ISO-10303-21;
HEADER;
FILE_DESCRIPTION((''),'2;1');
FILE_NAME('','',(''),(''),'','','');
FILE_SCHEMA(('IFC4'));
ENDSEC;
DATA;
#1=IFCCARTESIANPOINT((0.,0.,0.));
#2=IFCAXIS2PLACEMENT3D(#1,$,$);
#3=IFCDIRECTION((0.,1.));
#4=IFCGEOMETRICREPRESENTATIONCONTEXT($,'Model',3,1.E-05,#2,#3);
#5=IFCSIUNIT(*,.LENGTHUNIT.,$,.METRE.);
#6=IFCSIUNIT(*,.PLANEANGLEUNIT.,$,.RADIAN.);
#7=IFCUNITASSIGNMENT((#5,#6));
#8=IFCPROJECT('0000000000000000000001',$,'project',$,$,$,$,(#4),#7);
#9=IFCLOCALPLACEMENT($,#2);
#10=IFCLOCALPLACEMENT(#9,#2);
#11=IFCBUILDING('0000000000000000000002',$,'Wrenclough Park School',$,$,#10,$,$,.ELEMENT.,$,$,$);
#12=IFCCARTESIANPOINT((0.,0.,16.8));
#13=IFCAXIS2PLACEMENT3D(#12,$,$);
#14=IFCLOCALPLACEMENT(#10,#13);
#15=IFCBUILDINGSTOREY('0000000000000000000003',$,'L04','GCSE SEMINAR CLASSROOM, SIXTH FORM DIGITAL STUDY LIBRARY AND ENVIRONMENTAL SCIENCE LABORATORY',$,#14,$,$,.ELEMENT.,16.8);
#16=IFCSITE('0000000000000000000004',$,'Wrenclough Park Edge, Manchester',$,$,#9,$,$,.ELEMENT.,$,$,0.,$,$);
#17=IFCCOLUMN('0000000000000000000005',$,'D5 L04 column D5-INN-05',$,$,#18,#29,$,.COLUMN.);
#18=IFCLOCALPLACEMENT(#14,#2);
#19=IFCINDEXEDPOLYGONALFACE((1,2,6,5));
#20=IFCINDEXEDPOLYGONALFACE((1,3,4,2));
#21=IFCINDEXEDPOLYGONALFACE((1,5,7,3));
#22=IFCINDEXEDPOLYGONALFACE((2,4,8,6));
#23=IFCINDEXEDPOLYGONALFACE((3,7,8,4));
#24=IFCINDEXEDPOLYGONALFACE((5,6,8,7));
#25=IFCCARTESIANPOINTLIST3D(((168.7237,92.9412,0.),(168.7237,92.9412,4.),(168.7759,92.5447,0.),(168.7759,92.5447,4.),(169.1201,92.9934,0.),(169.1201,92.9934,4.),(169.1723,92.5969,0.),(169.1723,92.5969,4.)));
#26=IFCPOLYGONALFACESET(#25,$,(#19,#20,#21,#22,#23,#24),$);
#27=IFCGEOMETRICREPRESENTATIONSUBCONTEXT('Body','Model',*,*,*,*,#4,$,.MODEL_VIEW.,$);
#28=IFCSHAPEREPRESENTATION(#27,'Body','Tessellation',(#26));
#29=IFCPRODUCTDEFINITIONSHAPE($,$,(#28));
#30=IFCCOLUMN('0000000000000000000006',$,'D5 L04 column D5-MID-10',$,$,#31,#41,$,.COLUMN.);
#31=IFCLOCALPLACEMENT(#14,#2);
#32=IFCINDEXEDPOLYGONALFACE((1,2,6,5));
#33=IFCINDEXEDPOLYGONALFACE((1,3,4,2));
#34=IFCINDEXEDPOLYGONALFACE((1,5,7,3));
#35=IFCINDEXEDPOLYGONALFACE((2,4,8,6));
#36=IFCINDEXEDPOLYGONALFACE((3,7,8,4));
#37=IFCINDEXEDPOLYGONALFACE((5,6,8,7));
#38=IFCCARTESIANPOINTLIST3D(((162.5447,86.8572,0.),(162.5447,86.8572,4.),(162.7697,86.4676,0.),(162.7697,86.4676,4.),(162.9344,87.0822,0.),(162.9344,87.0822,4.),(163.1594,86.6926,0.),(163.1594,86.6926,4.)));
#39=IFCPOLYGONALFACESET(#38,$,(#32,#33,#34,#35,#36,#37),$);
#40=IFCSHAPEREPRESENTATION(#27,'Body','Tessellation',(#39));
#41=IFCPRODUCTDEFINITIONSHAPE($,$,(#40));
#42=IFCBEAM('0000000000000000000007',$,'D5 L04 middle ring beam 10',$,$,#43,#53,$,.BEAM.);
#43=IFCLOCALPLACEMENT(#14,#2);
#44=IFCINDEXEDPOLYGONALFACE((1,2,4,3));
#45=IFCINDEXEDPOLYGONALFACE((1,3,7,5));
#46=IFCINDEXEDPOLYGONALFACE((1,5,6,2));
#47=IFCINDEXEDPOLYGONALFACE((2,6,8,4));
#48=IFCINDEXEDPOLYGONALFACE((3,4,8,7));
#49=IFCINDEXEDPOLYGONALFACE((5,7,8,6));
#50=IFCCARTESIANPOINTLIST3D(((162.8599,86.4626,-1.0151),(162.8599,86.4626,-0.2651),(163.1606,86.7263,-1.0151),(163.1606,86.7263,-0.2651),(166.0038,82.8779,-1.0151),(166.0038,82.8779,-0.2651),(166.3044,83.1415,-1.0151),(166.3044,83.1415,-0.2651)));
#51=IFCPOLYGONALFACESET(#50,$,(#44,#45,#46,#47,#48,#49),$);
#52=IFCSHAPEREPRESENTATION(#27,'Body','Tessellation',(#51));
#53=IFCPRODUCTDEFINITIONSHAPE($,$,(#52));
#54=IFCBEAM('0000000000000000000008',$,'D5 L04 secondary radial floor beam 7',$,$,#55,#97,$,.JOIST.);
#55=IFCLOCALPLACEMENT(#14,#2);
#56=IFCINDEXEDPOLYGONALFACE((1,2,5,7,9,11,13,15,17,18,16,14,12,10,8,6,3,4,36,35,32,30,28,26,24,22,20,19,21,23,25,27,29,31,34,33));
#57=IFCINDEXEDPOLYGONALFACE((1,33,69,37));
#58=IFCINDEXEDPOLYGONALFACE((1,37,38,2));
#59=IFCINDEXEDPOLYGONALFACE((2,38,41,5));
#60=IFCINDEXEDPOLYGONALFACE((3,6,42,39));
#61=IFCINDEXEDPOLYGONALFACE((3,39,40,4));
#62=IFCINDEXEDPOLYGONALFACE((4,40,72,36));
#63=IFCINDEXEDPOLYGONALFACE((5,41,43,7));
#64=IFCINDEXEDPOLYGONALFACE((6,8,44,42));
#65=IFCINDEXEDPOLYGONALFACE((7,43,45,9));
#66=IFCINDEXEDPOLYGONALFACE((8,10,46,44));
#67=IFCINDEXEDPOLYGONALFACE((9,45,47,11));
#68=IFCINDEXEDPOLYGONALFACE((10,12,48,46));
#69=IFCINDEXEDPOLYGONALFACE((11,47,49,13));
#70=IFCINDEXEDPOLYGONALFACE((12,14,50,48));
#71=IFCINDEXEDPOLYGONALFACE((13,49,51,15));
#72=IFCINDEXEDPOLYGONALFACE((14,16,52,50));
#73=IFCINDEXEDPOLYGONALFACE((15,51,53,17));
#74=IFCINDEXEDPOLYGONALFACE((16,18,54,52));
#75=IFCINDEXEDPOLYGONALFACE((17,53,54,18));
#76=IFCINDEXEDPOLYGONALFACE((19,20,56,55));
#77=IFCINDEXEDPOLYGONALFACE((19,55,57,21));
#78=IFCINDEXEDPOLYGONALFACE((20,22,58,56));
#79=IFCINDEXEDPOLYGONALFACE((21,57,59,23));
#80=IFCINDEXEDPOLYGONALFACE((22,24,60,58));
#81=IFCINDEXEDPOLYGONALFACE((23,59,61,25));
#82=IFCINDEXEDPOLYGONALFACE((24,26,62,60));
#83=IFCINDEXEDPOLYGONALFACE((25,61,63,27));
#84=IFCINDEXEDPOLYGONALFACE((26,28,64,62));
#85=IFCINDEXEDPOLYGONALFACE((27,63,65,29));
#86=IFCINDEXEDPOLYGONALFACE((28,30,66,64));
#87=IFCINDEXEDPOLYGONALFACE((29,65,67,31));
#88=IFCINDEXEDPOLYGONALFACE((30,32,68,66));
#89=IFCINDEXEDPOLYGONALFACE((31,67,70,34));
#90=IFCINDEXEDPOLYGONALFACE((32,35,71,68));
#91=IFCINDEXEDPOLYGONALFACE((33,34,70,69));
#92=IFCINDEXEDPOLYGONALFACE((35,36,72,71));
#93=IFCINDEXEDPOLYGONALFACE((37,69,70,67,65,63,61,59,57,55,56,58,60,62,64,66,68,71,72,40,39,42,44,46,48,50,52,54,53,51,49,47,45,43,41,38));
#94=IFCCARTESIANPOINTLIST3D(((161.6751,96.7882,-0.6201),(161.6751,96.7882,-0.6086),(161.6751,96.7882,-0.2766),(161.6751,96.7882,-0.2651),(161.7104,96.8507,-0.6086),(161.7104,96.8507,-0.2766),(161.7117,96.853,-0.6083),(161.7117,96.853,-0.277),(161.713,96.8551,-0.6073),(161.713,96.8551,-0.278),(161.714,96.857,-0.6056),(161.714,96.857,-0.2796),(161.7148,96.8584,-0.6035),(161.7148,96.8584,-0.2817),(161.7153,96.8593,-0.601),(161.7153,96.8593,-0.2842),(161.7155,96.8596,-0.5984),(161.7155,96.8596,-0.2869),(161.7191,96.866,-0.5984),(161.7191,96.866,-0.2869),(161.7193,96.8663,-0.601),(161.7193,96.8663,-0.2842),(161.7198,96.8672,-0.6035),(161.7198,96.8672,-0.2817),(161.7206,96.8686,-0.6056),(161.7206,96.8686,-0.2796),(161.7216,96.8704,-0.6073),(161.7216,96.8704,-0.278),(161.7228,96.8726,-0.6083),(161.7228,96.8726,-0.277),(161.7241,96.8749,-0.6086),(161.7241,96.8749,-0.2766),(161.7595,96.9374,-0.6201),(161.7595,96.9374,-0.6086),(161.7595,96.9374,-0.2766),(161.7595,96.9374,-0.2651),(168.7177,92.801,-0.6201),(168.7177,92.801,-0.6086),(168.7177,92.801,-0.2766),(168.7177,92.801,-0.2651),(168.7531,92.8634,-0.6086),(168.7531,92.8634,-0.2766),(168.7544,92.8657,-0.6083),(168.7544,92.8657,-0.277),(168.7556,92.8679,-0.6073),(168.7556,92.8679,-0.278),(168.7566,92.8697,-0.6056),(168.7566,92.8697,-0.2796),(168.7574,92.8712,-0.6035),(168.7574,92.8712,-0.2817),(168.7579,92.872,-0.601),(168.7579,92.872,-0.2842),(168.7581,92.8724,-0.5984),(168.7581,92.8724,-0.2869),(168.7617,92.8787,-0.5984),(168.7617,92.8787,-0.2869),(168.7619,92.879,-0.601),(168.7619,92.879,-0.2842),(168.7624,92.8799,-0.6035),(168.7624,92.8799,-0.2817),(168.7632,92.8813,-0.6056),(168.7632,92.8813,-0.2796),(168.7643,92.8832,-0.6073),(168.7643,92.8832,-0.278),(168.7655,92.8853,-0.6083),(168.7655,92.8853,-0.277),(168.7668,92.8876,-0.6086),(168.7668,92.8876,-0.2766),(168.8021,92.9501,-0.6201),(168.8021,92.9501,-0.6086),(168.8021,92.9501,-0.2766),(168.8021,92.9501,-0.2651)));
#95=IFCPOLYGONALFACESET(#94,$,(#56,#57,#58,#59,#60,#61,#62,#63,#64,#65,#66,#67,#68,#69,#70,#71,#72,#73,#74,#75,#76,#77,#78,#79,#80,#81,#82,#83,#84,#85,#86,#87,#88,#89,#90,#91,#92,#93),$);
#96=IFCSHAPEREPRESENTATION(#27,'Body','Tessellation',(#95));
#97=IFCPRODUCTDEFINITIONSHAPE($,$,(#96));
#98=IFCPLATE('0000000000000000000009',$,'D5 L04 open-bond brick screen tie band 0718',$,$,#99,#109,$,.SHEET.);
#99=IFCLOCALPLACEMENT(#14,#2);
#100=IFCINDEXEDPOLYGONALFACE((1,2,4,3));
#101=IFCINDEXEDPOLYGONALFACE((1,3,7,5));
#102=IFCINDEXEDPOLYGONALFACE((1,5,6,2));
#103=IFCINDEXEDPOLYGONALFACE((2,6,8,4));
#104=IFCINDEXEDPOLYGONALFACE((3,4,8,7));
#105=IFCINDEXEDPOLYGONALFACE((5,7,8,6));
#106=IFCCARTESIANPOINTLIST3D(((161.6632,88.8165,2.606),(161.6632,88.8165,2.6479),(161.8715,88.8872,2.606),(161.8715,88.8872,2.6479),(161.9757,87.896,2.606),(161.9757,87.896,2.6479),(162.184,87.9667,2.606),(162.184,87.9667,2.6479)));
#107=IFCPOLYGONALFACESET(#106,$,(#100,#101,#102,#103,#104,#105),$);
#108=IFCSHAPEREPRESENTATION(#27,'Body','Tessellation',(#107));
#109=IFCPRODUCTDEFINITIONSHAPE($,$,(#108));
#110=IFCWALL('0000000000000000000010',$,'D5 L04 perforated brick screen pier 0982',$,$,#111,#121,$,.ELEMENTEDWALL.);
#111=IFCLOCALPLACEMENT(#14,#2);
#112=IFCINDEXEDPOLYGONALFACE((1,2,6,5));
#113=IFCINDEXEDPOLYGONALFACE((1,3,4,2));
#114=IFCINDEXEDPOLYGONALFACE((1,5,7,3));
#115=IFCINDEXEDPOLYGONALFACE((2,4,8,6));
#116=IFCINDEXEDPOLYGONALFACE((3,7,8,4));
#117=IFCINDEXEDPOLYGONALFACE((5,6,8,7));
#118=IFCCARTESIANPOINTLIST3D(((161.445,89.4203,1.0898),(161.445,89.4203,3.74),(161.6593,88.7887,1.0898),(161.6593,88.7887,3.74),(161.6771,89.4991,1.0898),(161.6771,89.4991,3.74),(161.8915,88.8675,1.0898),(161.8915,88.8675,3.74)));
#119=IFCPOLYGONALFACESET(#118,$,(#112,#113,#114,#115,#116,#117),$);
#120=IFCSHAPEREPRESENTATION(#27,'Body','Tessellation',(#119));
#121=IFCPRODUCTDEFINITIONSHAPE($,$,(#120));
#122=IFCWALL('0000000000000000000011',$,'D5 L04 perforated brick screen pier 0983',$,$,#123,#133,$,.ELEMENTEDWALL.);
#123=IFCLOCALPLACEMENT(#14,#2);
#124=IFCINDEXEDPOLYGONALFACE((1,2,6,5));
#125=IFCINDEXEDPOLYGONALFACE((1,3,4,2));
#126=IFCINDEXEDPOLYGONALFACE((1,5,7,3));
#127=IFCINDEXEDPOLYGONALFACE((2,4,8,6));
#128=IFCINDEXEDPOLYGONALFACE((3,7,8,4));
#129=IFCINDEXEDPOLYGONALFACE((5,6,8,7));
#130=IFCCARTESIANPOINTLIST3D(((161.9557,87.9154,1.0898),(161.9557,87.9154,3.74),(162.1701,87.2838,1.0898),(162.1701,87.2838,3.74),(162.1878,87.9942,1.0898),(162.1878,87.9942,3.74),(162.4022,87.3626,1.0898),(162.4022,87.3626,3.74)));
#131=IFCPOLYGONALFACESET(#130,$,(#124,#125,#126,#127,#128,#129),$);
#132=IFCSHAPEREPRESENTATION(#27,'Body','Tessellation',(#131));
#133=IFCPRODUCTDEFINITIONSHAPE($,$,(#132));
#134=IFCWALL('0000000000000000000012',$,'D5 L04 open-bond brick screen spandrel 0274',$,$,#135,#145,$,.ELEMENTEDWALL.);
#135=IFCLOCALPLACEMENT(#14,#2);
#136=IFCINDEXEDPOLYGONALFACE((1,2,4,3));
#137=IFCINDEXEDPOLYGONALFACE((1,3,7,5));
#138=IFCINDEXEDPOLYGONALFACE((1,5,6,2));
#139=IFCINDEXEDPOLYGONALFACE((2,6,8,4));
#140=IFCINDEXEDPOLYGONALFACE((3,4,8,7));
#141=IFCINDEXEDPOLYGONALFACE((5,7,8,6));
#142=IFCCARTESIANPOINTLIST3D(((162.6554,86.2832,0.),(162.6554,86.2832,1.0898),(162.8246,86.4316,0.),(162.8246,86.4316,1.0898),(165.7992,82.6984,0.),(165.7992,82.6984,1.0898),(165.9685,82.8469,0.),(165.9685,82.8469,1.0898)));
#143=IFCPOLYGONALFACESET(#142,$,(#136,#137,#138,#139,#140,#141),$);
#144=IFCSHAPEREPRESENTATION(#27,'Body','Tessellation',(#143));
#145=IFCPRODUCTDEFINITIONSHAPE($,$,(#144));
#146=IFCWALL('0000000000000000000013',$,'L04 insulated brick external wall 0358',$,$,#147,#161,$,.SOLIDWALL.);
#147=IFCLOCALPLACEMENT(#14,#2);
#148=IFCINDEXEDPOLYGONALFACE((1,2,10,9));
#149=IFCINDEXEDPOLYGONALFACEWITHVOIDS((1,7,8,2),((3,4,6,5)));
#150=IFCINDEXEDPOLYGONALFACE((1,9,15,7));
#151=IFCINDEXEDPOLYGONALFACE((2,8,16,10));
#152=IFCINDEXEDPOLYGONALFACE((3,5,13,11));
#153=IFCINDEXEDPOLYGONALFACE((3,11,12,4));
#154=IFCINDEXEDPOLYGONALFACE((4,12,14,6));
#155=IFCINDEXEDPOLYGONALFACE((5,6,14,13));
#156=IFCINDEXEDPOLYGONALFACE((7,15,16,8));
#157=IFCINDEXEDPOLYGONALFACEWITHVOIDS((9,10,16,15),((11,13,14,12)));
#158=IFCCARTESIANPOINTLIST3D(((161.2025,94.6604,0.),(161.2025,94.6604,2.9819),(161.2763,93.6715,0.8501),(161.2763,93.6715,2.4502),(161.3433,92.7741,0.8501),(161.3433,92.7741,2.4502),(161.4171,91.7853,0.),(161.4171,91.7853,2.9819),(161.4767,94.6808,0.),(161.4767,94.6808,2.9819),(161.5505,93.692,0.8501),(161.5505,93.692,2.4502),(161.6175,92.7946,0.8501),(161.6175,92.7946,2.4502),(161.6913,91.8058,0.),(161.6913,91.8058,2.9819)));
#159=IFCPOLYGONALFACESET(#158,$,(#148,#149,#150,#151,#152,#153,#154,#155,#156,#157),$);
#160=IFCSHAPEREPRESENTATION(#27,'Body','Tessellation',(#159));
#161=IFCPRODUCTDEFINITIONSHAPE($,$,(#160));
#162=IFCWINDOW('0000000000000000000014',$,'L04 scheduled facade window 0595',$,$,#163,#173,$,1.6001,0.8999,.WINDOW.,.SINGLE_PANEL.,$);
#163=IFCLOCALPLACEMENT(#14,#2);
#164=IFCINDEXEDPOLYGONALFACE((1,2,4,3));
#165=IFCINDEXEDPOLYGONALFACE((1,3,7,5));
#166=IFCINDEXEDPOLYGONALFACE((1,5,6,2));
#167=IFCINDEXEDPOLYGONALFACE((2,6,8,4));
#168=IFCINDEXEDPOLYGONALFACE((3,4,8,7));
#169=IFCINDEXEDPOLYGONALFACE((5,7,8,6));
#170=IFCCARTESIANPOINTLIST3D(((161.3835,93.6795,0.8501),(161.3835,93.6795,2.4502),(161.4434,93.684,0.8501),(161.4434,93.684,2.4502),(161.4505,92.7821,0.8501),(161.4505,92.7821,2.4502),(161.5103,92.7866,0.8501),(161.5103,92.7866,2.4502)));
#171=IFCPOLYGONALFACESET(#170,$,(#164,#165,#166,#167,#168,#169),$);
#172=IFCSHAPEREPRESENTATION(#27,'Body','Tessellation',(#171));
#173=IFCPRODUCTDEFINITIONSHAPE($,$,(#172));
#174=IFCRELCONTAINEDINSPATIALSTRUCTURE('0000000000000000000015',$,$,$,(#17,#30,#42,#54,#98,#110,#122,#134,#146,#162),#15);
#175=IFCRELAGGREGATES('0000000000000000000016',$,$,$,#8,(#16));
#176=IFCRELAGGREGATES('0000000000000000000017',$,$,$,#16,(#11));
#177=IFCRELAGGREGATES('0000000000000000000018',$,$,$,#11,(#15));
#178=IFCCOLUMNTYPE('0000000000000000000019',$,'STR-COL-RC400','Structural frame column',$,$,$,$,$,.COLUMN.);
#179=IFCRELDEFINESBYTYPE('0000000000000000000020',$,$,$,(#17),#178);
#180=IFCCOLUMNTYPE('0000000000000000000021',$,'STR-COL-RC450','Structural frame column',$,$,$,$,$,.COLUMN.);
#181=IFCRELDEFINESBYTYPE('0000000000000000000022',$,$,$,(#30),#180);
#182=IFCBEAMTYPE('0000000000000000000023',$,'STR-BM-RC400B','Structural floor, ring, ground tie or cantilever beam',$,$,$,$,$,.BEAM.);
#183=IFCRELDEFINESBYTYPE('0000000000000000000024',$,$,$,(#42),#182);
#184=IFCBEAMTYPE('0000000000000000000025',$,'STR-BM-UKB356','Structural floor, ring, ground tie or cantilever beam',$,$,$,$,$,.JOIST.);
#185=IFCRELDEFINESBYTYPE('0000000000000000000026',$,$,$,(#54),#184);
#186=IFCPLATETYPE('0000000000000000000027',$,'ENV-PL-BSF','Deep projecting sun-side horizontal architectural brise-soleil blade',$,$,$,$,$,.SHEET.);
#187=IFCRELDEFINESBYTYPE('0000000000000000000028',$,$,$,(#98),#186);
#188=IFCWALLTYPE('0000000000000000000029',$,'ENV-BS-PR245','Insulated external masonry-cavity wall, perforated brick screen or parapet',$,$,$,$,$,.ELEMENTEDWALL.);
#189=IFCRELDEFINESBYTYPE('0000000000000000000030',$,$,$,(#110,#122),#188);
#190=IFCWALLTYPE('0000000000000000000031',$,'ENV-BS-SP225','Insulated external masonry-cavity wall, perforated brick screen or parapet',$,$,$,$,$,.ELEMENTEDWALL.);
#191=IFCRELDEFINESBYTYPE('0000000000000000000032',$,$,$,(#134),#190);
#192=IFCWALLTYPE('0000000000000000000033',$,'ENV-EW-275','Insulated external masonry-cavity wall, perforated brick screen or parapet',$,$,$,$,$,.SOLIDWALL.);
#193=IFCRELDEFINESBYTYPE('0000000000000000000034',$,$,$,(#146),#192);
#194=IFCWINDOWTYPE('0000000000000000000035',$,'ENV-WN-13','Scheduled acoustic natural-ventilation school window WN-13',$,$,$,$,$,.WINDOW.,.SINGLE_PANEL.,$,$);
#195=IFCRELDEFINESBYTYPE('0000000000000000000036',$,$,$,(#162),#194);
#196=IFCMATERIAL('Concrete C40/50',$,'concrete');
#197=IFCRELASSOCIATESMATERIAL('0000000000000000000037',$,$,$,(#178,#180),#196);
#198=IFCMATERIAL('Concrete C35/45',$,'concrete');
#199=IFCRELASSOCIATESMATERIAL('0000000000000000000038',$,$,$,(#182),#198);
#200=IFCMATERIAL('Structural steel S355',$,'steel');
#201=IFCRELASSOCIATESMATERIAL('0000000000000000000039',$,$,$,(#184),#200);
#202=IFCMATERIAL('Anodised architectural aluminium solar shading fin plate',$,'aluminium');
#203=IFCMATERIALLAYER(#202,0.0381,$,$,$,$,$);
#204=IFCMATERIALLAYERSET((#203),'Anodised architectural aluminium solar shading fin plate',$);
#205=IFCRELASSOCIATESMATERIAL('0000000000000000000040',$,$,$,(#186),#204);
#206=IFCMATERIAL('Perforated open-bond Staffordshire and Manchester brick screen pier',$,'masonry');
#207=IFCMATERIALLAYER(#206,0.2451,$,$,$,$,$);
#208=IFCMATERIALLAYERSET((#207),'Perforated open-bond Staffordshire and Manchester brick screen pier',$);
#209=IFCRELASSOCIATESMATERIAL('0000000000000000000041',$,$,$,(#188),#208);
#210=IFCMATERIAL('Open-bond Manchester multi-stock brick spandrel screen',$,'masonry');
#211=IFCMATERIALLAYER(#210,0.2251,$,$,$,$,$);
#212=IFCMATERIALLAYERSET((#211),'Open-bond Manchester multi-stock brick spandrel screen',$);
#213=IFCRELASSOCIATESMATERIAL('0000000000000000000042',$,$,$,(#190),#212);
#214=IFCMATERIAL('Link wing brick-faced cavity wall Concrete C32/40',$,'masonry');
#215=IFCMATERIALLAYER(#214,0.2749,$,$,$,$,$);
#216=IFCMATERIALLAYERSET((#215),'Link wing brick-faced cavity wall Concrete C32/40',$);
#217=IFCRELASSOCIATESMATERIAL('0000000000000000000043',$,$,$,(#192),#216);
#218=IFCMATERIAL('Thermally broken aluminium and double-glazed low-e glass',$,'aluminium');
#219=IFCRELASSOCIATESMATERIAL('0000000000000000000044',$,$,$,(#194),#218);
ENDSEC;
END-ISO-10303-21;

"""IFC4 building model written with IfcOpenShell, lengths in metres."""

from ifc_helpers import new_model, si_unit, direction, frame, frame_2d, origin, origin_2d, place, context, subcontext, project, spatial, rectangle, i_section, extrude, material, layer, layer_set, material_profile, profile_set, type_object, element, fill, save


model = new_model("IFC4")

# Units and contexts
model_context = context("Model", 3, precision=1e-05, world=origin(), true_north=direction((0.0, 1.0)))
body_context = subcontext(model_context, "Body", "Model", "MODEL_VIEW")
ifc_project = project(units=[si_unit("LENGTHUNIT", "METRE"), si_unit("PLANEANGLEUNIT", "RADIAN")], contexts=[model_context])

# Site, building, storey
site_placement = place(None, origin())
site = spatial("IfcSite", under=ifc_project, at=site_placement, Name="Wrenclough Park Edge, Manchester", CompositionType="ELEMENT", RefElevation=0.0)
building_placement = place(site_placement, origin())
building = spatial("IfcBuilding", under=site, at=building_placement, Name="Wrenclough Park School", CompositionType="ELEMENT")
storey_placement = place(building_placement, frame((0.0, 0.0, 16.8)))
storey = spatial("IfcBuildingStorey", under=building, at=storey_placement, Name="L04", Description="GCSE SEMINAR CLASSROOM, SIXTH FORM DIGITAL STUDY LIBRARY AND ENVIRONMENTAL SCIENCE LABORATORY", CompositionType="ELEMENT", Elevation=16.8)

# Columns
ifc_material_1 = material(Name="Concrete C40/50", Category="concrete")
ifc_material_profile_1 = material_profile(ifc_material_1, rectangle(XDim=0.3999, YDim=0.3999, at=origin_2d()), Name="RC COL 400x400")
ifc_profile_set_1 = profile_set([ifc_material_profile_1], Name="Concrete C40/50")
column_type_1 = type_object("IfcColumnType", Name="STR-COL-RC400", Description="Structural frame column", PredefinedType="COLUMN", material=ifc_profile_set_1)
column_1_placement = place(storey_placement, frame((168.948, 92.769, 0.0), z_axis=(0.0, 0.0, 1.0), x_axis=(-0.991445, -0.130526, 0.0)))
element("IfcColumn", 1, at=column_1_placement, inside=storey, type_object=column_type_1, Name="D5 L04 column D5-INN-05", PredefinedType="COLUMN", context=body_context, shape_type="SweptSolid", body=[
    extrude(rectangle(XDim=0.3999, YDim=0.3999, at=origin_2d()), origin(), (0.0, 0.0, 1.0), 4.0),
])
ifc_material_profile_2 = material_profile(ifc_material_1, rectangle(XDim=0.45, YDim=0.45, at=origin_2d()), Name="RC COL 450x450")
ifc_profile_set_2 = profile_set([ifc_material_profile_2], Name="Concrete C40/50")
column_type_2 = type_object("IfcColumnType", Name="STR-COL-RC450", Description="Structural frame column", PredefinedType="COLUMN", material=ifc_profile_set_2)
column_2_placement = place(storey_placement, frame((162.8521, 86.7749, 0.0), z_axis=(0.0, 0.0, 1.0), x_axis=(0.5, -0.866025, 0.0)))
element("IfcColumn", 2, at=column_2_placement, inside=storey, type_object=column_type_2, Name="D5 L04 column D5-MID-10", PredefinedType="COLUMN", context=body_context, shape_type="SweptSolid", body=[
    extrude(rectangle(XDim=0.45, YDim=0.45, at=origin_2d()), origin(), (0.0, 0.0, 1.0), 4.0),
])

# Beams
ifc_material_2 = material(Name="Concrete C35/45", Category="concrete")
ifc_material_profile_3 = material_profile(ifc_material_2, rectangle(XDim=0.3999, YDim=0.75, at=origin_2d()), Name="RC BEAM 400x750")
ifc_profile_set_3 = profile_set([ifc_material_profile_3], Name="Concrete C35/45")
beam_type_1 = type_object("IfcBeamType", Name="STR-BM-RC400B", Description="Structural floor, ring, ground tie or cantilever beam", PredefinedType="BEAM", material=ifc_profile_set_3)
beam_1_placement = place(storey_placement, frame((163.0103, 86.5945, -0.6401), z_axis=(0.659356, -0.751831, 0.0), x_axis=(0.751831, 0.659356, 0.0)))
element("IfcBeam", 3, at=beam_1_placement, inside=storey, type_object=beam_type_1, Name="D5 L04 middle ring beam 10", PredefinedType="BEAM", context=body_context, shape_type="SweptSolid", body=[
    extrude(rectangle(XDim=0.3999, YDim=0.75, at=origin_2d()), origin(), (0.0, 0.0, 1.0), 4.7681),
])
ifc_material_3 = material(Name="Structural steel S355", Category="steel")
ifc_material_profile_4 = material_profile(ifc_material_3, i_section(OverallWidth=0.1714, OverallDepth=0.355, WebThickness=0.0073, FlangeThickness=0.0115, FilletRadius=0.0103, at=origin_2d()), Name="UKB 356x171x51")
ifc_profile_set_4 = profile_set([ifc_material_profile_4], Name="Structural steel S355")
beam_type_2 = type_object("IfcBeamType", Name="STR-BM-UKB356", Description="Structural floor, ring, ground tie or cantilever beam", PredefinedType="JOIST", material=ifc_profile_set_4)
beam_2_placement = place(storey_placement, frame((161.7173, 96.8628, -0.4426), z_axis=(0.870211, -0.492678, 0.0), x_axis=(0.492678, 0.870211, 0.0)))
element("IfcBeam", 4, at=beam_2_placement, inside=storey, type_object=beam_type_2, Name="D5 L04 secondary radial floor beam 7", PredefinedType="JOIST", context=body_context, shape_type="SweptSolid", body=[
    extrude(i_section(OverallWidth=0.1714, OverallDepth=0.355, WebThickness=0.0073, FlangeThickness=0.0115, FilletRadius=0.0103, at=origin_2d()), origin(), (0.0, 0.0, 1.0), 8.093),
])

# Plate
ifc_material_4 = material(Name="Anodised architectural aluminium solar shading fin plate", Category="aluminium")
ifc_layer_1 = layer(ifc_material_4, 0.0381)
ifc_layer_set_1 = layer_set([ifc_layer_1], Name="Anodised architectural aluminium solar shading fin plate")
plate_type = type_object("IfcPlateType", Name="ENV-PL-BSF", Description="Deep projecting sun-side horizontal architectural brise-soleil blade", PredefinedType="SHEET", material=ifc_layer_set_1)
plate_placement = place(storey_placement, frame((161.9236, 88.3916, 2.606), z_axis=(0.0, 0.0, 1.0), x_axis=(0.321421, -0.946937, 0.0)))
element("IfcPlate", 5, at=plate_placement, inside=storey, type_object=plate_type, Name="D5 L04 open-bond brick screen tie band 0718", PredefinedType="SHEET", context=body_context, shape_type="SweptSolid", body=[
    extrude(rectangle(XDim=0.9722, YDim=0.22, at=origin_2d()), origin(), (0.0, 0.0, 1.0), 0.042),
])

# Walls
ifc_material_5 = material(Name="Perforated open-bond Staffordshire and Manchester brick screen pier", Category="masonry")
ifc_layer_2 = layer(ifc_material_5, 0.2451)
ifc_layer_set_2 = layer_set([ifc_layer_2], Name="Perforated open-bond Staffordshire and Manchester brick screen pier")
wall_type_1 = type_object("IfcWallType", Name="ENV-BS-PR245", Description="Insulated external masonry-cavity wall, perforated brick screen or parapet", PredefinedType="ELEMENTEDWALL", material=ifc_layer_set_2)
for number, where, z_axis, x_axis, name in (
    (6, (161.561, 89.4597, 1.0898), (0.0, 0.0, 1.0), (0.321384, -0.946949, 0.0), "D5 L04 perforated brick screen pier 0982"),
    (7, (162.0718, 87.9548, 1.0898), (0.0, 0.0, 1.0), (0.321384, -0.946949, 0.0), "D5 L04 perforated brick screen pier 0983"),
):
    element("IfcWall", number, at=place(storey_placement, frame(where, z_axis=z_axis, x_axis=x_axis)), inside=storey, type_object=wall_type_1, Name=name, PredefinedType="ELEMENTEDWALL", context=body_context, shape_type="SweptSolid", body=[
        extrude(rectangle(XDim=0.667, YDim=0.2451, at=frame_2d((0.3335, 0.0))), origin(), (0.0, 0.0, 1.0), 2.6501),
    ])
ifc_material_6 = material(Name="Open-bond Manchester multi-stock brick spandrel screen", Category="masonry")
ifc_layer_3 = layer(ifc_material_6, 0.2251)
ifc_layer_set_3 = layer_set([ifc_layer_3], Name="Open-bond Manchester multi-stock brick spandrel screen")
wall_type_2 = type_object("IfcWallType", Name="ENV-BS-SP225", Description="Insulated external masonry-cavity wall, perforated brick screen or parapet", PredefinedType="ELEMENTEDWALL", material=ifc_layer_set_3)
wall_1_placement = place(storey_placement, frame((162.74, 86.3574, 0.0), z_axis=(0.0, 0.0, 1.0), x_axis=(0.659356, -0.751831, 0.0)))
element("IfcWall", 8, at=wall_1_placement, inside=storey, type_object=wall_type_2, Name="D5 L04 open-bond brick screen spandrel 0274", PredefinedType="ELEMENTEDWALL", context=body_context, shape_type="SweptSolid", body=[
    extrude(rectangle(XDim=4.7681, YDim=0.2251, at=frame_2d((2.384, 0.0))), origin(), (0.0, 0.0, 1.0), 1.0898),
])

# Wall, opening, window
ifc_material_7 = material(Name="Link wing brick-faced cavity wall Concrete C32/40", Category="masonry")
ifc_layer_4 = layer(ifc_material_7, 0.2749)
ifc_layer_set_4 = layer_set([ifc_layer_4], Name="Link wing brick-faced cavity wall Concrete C32/40")
wall_type_3 = type_object("IfcWallType", Name="ENV-EW-275", Description="Insulated external masonry-cavity wall, perforated brick screen or parapet", PredefinedType="SOLIDWALL", material=ifc_layer_set_4)
wall_2_placement = place(storey_placement, frame((161.5542, 91.7957, 0.0), z_axis=(0.0, 0.0, 1.0), x_axis=(-0.074436, 0.997226, 0.0)))
wall_2 = element("IfcWall", 9, at=wall_2_placement, inside=storey, type_object=wall_type_3, Name="L04 insulated brick external wall 0358", PredefinedType="SOLIDWALL", context=body_context, shape_type="SweptSolid", body=[
    extrude(rectangle(XDim=2.8831, YDim=0.2749, at=frame_2d((1.4414, 0.0))), origin(), (0.0, 0.0, 1.0), 2.9819),
])
opening_1_placement = place(wall_2_placement, frame((0.9915, 0.0, 0.8501)))
opening_1 = element("IfcOpeningElement", 10, at=opening_1_placement, cuts=wall_2, PredefinedType="OPENING", context=body_context, shape_type="SweptSolid", body=[
    extrude(rectangle(XDim=0.8999, YDim=1.6001, at=frame_2d((0.45, 0.8))), frame((0.0, 0.1475, 0.0), z_axis=(0.0, -1.0, 0.0), x_axis=(1.0, 0.0, 0.0)), (0.0, 0.0, 1.0), 0.2949),
])
ifc_material_8 = material(Name="Thermally broken aluminium and double-glazed low-e glass", Category="aluminium")
window_type_1 = type_object("IfcWindowType", Name="ENV-WN-13", Description="Scheduled acoustic natural-ventilation school window WN-13", PartitioningType="SINGLE_PANEL", PredefinedType="WINDOW", material=ifc_material_8)
window_1_placement = place(opening_1_placement, origin())
window_1 = element("IfcWindow", 11, at=window_1_placement, inside=storey, type_object=window_type_1, Name="L04 scheduled facade window 0595", OverallHeight=1.6001, OverallWidth=0.8999, PartitioningType="SINGLE_PANEL", PredefinedType="WINDOW", context=body_context, shape_type="SweptSolid", body=[
    extrude(rectangle(XDim=0.8999, YDim=1.6001, at=frame_2d((0.45, 0.8))), frame((0.0, 0.03, 0.0), z_axis=(0.0, -1.0, 0.0), x_axis=(1.0, 0.0, 0.0)), (0.0, 0.0, 1.0), 0.0601),
])
fill(opening_1, window_1)

save(model, "model.ifc")
